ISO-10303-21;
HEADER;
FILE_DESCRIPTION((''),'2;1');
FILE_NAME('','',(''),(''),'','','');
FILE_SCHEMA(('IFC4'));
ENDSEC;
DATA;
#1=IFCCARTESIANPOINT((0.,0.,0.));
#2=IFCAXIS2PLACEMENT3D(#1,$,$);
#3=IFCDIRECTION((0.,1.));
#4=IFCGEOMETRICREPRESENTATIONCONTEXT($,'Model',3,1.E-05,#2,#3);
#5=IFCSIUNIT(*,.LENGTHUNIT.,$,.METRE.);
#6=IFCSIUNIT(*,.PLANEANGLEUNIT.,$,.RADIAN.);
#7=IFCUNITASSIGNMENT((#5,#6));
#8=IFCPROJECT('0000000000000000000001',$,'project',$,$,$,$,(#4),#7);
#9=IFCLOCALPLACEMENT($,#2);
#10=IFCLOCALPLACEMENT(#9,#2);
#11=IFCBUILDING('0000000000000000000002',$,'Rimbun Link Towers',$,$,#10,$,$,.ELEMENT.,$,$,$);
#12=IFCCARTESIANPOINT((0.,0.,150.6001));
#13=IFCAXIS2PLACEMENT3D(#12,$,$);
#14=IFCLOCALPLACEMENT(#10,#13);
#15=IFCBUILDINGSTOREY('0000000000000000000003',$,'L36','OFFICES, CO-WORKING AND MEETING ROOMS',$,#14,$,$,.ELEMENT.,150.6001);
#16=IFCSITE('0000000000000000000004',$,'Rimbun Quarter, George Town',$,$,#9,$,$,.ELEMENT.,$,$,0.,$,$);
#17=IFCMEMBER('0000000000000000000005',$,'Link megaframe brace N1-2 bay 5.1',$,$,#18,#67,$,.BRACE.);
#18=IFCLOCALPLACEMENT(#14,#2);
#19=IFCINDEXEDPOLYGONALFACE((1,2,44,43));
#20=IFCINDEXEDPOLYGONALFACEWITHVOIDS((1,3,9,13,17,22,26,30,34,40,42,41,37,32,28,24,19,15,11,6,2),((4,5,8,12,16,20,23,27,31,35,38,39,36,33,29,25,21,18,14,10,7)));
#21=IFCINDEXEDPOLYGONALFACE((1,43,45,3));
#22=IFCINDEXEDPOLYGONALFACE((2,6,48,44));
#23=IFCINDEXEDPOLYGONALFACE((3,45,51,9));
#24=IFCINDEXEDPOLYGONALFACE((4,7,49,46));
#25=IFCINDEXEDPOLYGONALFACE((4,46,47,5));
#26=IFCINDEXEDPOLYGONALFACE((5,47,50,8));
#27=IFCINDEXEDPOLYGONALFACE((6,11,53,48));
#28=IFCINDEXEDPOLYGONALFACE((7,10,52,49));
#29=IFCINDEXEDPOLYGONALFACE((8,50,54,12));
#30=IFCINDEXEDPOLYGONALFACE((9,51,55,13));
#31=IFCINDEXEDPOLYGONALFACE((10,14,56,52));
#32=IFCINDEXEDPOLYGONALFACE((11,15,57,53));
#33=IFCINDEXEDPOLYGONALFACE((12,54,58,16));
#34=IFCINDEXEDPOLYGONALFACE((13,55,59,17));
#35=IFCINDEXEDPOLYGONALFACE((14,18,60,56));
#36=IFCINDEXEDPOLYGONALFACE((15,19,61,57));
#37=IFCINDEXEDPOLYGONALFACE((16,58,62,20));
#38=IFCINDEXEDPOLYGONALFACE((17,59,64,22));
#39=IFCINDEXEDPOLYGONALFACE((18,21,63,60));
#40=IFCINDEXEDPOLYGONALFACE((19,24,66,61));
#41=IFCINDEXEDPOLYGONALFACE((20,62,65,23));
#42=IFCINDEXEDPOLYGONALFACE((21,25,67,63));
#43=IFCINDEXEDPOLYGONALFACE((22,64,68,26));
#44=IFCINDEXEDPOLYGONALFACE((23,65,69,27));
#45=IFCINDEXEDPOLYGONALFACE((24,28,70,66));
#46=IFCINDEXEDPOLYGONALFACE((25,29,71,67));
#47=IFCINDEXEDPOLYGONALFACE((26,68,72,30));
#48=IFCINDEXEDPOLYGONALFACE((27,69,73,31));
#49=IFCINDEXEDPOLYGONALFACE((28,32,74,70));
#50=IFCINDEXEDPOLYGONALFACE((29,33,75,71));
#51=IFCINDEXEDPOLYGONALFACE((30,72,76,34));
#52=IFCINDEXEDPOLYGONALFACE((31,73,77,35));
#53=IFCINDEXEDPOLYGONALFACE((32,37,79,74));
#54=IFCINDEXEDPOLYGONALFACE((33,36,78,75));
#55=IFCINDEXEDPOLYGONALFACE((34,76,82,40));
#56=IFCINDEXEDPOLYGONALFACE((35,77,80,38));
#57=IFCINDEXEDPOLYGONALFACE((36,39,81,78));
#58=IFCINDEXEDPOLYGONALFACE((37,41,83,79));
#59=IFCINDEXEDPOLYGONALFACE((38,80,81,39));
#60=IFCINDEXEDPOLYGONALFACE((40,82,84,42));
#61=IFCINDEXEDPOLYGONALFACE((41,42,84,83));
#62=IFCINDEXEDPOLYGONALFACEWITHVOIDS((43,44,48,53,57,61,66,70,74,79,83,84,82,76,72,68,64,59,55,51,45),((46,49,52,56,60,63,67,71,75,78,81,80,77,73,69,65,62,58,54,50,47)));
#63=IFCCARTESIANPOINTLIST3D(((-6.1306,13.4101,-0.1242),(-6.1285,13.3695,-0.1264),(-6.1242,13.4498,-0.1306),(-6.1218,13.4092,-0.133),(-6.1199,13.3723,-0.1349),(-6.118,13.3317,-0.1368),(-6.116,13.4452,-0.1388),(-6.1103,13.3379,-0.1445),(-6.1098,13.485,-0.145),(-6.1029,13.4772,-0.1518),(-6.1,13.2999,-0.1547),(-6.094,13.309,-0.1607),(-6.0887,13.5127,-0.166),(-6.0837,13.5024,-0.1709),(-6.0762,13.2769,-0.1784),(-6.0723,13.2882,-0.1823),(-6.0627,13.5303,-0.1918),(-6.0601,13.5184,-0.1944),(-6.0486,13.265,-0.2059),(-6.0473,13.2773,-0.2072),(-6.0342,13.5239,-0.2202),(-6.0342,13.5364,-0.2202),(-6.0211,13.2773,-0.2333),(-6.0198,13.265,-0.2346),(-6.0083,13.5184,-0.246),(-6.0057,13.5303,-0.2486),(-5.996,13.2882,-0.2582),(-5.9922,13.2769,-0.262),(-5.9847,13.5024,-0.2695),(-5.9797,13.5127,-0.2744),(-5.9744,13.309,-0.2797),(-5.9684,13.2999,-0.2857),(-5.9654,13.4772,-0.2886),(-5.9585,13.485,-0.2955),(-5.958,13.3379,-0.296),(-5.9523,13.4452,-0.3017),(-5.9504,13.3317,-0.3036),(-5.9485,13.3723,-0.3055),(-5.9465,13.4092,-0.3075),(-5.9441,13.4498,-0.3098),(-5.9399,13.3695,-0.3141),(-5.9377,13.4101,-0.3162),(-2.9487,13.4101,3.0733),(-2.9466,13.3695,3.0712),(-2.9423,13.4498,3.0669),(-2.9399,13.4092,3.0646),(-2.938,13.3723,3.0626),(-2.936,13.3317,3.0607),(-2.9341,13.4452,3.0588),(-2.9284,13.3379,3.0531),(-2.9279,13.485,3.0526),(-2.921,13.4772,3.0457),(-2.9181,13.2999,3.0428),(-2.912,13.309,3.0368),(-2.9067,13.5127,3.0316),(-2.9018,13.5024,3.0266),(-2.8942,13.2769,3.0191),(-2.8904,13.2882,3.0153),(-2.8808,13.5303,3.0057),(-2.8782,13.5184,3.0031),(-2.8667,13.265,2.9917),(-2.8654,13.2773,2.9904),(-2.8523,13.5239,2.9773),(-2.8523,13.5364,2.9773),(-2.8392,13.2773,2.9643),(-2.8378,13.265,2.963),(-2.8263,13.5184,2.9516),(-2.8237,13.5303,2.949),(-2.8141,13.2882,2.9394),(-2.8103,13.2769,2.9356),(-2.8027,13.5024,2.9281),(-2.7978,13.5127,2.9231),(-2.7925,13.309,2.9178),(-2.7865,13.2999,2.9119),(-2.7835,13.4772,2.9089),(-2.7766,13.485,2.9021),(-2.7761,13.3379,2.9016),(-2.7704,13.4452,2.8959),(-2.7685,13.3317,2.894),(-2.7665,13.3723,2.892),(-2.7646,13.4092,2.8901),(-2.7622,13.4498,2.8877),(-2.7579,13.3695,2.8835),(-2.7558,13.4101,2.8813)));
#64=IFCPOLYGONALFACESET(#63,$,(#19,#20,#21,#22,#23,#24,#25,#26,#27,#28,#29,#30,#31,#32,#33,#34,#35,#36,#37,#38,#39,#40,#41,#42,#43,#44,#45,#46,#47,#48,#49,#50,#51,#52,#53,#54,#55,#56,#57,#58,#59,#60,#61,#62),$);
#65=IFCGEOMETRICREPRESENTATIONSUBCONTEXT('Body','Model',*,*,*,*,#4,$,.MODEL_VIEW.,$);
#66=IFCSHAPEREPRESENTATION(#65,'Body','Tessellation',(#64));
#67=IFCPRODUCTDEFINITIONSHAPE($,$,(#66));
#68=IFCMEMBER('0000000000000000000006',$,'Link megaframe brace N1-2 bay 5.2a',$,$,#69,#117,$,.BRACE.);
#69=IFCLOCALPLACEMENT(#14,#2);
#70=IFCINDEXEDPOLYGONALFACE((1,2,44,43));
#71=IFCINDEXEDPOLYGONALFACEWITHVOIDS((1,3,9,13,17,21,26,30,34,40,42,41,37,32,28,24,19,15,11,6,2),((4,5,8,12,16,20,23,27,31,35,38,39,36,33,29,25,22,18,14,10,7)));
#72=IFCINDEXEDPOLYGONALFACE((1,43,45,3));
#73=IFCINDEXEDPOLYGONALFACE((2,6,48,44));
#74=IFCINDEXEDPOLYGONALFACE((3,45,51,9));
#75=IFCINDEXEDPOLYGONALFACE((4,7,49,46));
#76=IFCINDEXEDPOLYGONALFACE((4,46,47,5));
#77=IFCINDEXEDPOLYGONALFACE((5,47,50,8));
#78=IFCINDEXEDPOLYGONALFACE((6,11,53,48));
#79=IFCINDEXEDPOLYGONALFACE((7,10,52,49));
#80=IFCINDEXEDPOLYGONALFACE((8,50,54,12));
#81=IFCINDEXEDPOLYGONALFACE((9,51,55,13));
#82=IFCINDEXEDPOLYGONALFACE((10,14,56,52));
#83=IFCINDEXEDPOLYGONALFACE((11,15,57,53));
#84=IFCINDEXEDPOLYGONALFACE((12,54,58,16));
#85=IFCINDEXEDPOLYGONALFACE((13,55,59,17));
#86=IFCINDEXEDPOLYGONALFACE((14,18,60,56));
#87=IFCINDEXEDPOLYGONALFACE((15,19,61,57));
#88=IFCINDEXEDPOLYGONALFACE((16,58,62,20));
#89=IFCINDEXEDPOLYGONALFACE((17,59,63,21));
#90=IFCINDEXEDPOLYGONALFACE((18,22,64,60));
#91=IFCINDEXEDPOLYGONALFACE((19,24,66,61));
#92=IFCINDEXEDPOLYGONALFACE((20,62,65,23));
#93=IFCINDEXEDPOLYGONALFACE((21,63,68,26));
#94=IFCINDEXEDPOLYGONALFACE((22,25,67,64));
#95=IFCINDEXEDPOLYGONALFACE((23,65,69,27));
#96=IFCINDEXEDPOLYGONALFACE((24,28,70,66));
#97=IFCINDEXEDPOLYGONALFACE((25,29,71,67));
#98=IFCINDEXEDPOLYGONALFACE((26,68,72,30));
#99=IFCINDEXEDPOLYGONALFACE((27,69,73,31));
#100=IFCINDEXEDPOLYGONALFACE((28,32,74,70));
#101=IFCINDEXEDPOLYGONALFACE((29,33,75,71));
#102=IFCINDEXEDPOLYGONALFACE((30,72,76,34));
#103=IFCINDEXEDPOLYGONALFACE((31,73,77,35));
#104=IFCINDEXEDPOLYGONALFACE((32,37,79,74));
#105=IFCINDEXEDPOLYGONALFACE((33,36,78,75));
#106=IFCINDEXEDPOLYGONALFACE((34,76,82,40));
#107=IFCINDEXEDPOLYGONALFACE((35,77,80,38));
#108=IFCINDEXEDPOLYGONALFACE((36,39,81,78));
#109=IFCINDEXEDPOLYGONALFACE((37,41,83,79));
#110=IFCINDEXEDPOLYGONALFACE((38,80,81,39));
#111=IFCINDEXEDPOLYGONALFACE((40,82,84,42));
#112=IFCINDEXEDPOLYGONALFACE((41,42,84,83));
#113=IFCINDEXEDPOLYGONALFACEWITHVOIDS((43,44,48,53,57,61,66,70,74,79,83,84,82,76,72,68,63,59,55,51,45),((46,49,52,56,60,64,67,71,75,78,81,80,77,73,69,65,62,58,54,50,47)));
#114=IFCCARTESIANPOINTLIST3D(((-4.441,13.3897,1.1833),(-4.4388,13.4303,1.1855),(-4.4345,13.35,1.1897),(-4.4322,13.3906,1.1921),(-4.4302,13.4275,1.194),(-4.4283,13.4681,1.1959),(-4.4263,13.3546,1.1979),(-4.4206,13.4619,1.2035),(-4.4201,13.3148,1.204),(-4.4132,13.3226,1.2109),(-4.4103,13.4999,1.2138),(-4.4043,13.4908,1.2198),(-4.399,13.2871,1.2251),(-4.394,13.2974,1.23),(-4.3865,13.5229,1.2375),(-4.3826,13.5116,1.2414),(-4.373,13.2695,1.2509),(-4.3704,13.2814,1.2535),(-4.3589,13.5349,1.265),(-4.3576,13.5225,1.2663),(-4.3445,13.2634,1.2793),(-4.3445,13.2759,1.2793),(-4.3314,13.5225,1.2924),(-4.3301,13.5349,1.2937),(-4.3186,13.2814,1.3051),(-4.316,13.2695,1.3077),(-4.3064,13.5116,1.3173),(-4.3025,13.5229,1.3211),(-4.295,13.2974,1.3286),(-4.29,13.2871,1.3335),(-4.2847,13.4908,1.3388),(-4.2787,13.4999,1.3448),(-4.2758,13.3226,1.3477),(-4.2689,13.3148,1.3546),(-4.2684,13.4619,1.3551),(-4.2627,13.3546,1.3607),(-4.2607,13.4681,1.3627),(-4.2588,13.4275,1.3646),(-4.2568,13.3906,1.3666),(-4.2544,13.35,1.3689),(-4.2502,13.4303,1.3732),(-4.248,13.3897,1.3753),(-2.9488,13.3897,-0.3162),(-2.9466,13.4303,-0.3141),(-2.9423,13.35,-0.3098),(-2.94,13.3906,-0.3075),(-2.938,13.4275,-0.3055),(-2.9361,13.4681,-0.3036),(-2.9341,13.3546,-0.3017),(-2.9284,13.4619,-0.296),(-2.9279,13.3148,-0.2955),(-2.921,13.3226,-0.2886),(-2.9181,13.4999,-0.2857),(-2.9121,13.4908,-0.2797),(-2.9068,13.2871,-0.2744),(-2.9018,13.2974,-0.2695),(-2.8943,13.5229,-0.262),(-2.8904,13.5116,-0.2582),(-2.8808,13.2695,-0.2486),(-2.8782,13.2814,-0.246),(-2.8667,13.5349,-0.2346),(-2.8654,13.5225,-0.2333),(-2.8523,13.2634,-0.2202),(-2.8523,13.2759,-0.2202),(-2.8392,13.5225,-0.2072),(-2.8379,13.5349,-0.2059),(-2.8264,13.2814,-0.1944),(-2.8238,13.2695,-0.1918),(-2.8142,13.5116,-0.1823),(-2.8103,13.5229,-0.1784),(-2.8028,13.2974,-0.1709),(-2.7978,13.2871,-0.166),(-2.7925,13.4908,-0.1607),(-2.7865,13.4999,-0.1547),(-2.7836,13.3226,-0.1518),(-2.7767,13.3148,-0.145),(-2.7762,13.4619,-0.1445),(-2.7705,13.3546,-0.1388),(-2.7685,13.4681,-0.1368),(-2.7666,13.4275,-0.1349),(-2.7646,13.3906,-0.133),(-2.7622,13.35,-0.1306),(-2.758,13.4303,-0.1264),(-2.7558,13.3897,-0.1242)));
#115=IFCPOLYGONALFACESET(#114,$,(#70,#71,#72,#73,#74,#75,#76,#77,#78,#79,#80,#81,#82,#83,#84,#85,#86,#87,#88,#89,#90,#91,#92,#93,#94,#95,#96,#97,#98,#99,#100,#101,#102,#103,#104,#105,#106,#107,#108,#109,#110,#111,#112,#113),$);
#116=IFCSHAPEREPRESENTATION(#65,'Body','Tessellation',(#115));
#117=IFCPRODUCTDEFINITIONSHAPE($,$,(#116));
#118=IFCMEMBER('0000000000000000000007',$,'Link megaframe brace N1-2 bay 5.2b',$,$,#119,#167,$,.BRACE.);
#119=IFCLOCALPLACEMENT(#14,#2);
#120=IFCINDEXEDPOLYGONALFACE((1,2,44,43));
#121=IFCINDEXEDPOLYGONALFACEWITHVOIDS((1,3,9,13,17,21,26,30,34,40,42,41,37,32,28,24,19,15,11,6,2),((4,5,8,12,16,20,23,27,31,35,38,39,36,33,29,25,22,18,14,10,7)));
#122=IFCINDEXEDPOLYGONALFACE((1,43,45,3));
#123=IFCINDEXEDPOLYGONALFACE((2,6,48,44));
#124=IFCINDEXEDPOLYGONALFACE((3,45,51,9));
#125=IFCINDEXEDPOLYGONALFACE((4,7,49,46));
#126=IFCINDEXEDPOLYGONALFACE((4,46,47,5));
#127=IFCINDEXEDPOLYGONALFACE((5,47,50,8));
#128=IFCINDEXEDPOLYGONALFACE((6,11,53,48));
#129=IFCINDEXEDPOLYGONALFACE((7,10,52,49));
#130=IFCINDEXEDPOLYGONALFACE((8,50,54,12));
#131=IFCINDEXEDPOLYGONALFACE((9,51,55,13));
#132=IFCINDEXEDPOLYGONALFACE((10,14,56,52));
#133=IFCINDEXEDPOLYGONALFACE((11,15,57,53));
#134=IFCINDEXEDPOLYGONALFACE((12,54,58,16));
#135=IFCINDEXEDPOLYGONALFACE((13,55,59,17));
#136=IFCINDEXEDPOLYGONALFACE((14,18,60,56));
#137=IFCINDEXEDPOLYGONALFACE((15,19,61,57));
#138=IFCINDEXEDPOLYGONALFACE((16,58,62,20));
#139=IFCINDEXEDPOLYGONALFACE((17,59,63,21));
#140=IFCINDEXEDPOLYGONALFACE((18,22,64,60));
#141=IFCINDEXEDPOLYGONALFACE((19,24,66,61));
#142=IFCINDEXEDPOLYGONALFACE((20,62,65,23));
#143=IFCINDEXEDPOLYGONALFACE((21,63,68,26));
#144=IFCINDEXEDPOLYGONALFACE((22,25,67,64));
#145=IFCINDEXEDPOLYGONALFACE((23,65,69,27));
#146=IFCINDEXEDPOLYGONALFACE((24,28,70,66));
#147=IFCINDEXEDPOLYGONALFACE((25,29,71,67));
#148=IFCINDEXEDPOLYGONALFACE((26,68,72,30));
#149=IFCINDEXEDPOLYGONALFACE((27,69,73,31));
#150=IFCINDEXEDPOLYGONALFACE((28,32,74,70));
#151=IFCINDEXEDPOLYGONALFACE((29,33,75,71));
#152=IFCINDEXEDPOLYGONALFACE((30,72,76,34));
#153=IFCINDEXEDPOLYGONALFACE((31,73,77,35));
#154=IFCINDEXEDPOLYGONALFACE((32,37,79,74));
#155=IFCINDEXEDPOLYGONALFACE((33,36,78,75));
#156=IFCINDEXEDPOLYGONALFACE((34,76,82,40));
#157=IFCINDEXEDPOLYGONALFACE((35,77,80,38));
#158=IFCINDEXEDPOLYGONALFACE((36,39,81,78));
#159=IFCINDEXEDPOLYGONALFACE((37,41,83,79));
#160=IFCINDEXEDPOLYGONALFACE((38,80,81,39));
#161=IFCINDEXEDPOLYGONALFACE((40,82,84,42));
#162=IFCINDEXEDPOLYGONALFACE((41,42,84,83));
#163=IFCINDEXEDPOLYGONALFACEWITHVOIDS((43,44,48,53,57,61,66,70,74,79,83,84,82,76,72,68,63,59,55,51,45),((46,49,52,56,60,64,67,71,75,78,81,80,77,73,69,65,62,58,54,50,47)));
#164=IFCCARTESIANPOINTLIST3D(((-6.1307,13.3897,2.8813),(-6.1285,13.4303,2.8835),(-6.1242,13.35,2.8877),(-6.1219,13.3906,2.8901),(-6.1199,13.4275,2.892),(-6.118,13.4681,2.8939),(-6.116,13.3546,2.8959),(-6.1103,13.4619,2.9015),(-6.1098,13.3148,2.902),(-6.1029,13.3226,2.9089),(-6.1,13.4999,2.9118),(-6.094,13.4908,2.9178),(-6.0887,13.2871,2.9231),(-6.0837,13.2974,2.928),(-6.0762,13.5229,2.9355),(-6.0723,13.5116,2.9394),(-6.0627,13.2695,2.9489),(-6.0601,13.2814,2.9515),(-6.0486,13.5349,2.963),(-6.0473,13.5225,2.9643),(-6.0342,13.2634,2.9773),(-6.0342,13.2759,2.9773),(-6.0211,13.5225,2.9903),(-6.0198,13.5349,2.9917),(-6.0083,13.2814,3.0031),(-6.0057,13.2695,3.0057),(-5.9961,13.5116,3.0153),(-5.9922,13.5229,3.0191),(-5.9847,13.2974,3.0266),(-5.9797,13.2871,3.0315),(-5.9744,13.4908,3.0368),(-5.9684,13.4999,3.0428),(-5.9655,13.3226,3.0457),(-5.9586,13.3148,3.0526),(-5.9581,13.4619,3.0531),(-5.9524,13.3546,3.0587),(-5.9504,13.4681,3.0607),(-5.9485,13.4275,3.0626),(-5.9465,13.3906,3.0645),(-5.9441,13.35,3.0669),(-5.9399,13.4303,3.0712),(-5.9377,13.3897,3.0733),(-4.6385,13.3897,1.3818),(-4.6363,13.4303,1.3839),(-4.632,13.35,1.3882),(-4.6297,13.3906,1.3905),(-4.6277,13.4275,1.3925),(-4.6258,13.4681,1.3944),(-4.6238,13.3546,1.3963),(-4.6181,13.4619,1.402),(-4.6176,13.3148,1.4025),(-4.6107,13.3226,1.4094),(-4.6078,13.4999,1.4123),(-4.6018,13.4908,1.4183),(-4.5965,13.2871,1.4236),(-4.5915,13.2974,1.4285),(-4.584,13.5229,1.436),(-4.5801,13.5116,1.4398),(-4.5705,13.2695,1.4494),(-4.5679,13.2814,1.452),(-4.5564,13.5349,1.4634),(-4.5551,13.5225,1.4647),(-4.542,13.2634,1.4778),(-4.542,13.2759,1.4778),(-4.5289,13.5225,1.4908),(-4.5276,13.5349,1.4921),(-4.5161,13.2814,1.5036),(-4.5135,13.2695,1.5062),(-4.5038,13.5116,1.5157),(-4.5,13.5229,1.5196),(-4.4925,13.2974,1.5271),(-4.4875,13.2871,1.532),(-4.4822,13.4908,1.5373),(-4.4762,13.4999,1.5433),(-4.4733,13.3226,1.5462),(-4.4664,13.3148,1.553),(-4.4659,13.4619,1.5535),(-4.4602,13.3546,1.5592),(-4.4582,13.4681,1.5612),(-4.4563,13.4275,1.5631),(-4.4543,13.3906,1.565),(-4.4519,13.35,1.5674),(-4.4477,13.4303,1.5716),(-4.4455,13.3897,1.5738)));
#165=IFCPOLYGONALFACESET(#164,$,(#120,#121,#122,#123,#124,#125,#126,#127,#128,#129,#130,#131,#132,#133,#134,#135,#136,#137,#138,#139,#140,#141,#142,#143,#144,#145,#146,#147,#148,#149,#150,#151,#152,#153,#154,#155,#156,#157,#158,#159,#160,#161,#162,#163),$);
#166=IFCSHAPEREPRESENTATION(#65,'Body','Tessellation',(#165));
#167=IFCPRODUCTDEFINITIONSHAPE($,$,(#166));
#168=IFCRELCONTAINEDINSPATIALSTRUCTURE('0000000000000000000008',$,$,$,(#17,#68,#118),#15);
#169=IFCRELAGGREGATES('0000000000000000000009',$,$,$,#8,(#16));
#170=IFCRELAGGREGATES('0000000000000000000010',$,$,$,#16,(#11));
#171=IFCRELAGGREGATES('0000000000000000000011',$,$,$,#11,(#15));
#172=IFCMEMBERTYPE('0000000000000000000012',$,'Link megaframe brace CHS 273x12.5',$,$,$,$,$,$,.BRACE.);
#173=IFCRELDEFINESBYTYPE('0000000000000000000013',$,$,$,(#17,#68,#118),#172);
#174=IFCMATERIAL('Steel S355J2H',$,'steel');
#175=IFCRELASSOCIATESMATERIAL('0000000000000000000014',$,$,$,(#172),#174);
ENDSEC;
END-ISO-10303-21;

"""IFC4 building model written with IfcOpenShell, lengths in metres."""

from ifc_helpers import new_model, si_unit, direction, frame, origin, origin_2d, place, context, subcontext, project, spatial, hollow_circle, extrude, material, material_profile, profile_set, type_object, element, save


model = new_model("IFC4")

# Units and contexts
model_context = context("Model", 3, precision=1e-05, world=origin(), true_north=direction((0.0, 1.0)))
body_context = subcontext(model_context, "Body", "Model", "MODEL_VIEW")
ifc_project = project(units=[si_unit("LENGTHUNIT", "METRE"), si_unit("PLANEANGLEUNIT", "RADIAN")], contexts=[model_context])

# Site, building, storey
site_placement = place(None, origin())
site = spatial("IfcSite", under=ifc_project, at=site_placement, Name="Rimbun Quarter, George Town", CompositionType="ELEMENT", RefElevation=0.0)
building_placement = place(site_placement, origin())
building = spatial("IfcBuilding", under=site, at=building_placement, Name="Rimbun Link Towers", CompositionType="ELEMENT")
storey_placement = place(building_placement, frame((0.0, 0.0, 150.6001)))
storey = spatial("IfcBuildingStorey", under=building, at=storey_placement, Name="L36", Description="OFFICES, CO-WORKING AND MEETING ROOMS", CompositionType="ELEMENT", Elevation=150.6001)

# Members
ifc_material_1 = material(Name="Steel S355J2H", Category="steel")
ifc_material_profile_1 = material_profile(ifc_material_1, hollow_circle(Radius=0.1365, WallThickness=0.0125, at=origin_2d()), Name="CHS 273x12.5")
ifc_profile_set_1 = profile_set([ifc_material_profile_1], Name="Steel S355J2H")
member_type_1 = type_object("IfcMemberType", Name="Link megaframe brace CHS 273x12.5", PredefinedType="BRACE", material=ifc_profile_set_1)
member_1_placement = place(storey_placement, frame((-6.0342, 13.3999, -0.2202), z_axis=(0.705373, 0.0, 0.708837), x_axis=(0.0, 1.0, 0.0)))
element("IfcMember", 1, at=member_1_placement, inside=storey, type_object=member_type_1, Name="Link megaframe brace N1-2 bay 5.1", PredefinedType="BRACE", context=body_context, shape_type="SweptSolid", body=[
    extrude(hollow_circle(Radius=0.1365, WallThickness=0.0125, at=origin_2d()), origin(), (0.0, 0.0, 1.0), 4.511),
])
for number, where, z_axis, x_axis, name in (
    (2, (-2.8523, 13.3999, -0.2202), (-0.705374, 0.0, 0.708836), (0.0, -1.0, 0.0), "Link megaframe brace N1-2 bay 5.2a"),
    (3, (-4.542, 13.3999, 1.4778), (-0.705374, 0.0, 0.708836), (0.0, -1.0, 0.0), "Link megaframe brace N1-2 bay 5.2b"),
):
    element("IfcMember", number, at=place(storey_placement, frame(where, z_axis=z_axis, x_axis=x_axis)), inside=storey, type_object=member_type_1, Name=name, PredefinedType="BRACE", context=body_context, shape_type="SweptSolid", body=[
        extrude(hollow_circle(Radius=0.1365, WallThickness=0.0125, at=origin_2d()), origin(), (0.0, 0.0, 1.0), 2.1155),
    ])

save(model, "model.ifc")
